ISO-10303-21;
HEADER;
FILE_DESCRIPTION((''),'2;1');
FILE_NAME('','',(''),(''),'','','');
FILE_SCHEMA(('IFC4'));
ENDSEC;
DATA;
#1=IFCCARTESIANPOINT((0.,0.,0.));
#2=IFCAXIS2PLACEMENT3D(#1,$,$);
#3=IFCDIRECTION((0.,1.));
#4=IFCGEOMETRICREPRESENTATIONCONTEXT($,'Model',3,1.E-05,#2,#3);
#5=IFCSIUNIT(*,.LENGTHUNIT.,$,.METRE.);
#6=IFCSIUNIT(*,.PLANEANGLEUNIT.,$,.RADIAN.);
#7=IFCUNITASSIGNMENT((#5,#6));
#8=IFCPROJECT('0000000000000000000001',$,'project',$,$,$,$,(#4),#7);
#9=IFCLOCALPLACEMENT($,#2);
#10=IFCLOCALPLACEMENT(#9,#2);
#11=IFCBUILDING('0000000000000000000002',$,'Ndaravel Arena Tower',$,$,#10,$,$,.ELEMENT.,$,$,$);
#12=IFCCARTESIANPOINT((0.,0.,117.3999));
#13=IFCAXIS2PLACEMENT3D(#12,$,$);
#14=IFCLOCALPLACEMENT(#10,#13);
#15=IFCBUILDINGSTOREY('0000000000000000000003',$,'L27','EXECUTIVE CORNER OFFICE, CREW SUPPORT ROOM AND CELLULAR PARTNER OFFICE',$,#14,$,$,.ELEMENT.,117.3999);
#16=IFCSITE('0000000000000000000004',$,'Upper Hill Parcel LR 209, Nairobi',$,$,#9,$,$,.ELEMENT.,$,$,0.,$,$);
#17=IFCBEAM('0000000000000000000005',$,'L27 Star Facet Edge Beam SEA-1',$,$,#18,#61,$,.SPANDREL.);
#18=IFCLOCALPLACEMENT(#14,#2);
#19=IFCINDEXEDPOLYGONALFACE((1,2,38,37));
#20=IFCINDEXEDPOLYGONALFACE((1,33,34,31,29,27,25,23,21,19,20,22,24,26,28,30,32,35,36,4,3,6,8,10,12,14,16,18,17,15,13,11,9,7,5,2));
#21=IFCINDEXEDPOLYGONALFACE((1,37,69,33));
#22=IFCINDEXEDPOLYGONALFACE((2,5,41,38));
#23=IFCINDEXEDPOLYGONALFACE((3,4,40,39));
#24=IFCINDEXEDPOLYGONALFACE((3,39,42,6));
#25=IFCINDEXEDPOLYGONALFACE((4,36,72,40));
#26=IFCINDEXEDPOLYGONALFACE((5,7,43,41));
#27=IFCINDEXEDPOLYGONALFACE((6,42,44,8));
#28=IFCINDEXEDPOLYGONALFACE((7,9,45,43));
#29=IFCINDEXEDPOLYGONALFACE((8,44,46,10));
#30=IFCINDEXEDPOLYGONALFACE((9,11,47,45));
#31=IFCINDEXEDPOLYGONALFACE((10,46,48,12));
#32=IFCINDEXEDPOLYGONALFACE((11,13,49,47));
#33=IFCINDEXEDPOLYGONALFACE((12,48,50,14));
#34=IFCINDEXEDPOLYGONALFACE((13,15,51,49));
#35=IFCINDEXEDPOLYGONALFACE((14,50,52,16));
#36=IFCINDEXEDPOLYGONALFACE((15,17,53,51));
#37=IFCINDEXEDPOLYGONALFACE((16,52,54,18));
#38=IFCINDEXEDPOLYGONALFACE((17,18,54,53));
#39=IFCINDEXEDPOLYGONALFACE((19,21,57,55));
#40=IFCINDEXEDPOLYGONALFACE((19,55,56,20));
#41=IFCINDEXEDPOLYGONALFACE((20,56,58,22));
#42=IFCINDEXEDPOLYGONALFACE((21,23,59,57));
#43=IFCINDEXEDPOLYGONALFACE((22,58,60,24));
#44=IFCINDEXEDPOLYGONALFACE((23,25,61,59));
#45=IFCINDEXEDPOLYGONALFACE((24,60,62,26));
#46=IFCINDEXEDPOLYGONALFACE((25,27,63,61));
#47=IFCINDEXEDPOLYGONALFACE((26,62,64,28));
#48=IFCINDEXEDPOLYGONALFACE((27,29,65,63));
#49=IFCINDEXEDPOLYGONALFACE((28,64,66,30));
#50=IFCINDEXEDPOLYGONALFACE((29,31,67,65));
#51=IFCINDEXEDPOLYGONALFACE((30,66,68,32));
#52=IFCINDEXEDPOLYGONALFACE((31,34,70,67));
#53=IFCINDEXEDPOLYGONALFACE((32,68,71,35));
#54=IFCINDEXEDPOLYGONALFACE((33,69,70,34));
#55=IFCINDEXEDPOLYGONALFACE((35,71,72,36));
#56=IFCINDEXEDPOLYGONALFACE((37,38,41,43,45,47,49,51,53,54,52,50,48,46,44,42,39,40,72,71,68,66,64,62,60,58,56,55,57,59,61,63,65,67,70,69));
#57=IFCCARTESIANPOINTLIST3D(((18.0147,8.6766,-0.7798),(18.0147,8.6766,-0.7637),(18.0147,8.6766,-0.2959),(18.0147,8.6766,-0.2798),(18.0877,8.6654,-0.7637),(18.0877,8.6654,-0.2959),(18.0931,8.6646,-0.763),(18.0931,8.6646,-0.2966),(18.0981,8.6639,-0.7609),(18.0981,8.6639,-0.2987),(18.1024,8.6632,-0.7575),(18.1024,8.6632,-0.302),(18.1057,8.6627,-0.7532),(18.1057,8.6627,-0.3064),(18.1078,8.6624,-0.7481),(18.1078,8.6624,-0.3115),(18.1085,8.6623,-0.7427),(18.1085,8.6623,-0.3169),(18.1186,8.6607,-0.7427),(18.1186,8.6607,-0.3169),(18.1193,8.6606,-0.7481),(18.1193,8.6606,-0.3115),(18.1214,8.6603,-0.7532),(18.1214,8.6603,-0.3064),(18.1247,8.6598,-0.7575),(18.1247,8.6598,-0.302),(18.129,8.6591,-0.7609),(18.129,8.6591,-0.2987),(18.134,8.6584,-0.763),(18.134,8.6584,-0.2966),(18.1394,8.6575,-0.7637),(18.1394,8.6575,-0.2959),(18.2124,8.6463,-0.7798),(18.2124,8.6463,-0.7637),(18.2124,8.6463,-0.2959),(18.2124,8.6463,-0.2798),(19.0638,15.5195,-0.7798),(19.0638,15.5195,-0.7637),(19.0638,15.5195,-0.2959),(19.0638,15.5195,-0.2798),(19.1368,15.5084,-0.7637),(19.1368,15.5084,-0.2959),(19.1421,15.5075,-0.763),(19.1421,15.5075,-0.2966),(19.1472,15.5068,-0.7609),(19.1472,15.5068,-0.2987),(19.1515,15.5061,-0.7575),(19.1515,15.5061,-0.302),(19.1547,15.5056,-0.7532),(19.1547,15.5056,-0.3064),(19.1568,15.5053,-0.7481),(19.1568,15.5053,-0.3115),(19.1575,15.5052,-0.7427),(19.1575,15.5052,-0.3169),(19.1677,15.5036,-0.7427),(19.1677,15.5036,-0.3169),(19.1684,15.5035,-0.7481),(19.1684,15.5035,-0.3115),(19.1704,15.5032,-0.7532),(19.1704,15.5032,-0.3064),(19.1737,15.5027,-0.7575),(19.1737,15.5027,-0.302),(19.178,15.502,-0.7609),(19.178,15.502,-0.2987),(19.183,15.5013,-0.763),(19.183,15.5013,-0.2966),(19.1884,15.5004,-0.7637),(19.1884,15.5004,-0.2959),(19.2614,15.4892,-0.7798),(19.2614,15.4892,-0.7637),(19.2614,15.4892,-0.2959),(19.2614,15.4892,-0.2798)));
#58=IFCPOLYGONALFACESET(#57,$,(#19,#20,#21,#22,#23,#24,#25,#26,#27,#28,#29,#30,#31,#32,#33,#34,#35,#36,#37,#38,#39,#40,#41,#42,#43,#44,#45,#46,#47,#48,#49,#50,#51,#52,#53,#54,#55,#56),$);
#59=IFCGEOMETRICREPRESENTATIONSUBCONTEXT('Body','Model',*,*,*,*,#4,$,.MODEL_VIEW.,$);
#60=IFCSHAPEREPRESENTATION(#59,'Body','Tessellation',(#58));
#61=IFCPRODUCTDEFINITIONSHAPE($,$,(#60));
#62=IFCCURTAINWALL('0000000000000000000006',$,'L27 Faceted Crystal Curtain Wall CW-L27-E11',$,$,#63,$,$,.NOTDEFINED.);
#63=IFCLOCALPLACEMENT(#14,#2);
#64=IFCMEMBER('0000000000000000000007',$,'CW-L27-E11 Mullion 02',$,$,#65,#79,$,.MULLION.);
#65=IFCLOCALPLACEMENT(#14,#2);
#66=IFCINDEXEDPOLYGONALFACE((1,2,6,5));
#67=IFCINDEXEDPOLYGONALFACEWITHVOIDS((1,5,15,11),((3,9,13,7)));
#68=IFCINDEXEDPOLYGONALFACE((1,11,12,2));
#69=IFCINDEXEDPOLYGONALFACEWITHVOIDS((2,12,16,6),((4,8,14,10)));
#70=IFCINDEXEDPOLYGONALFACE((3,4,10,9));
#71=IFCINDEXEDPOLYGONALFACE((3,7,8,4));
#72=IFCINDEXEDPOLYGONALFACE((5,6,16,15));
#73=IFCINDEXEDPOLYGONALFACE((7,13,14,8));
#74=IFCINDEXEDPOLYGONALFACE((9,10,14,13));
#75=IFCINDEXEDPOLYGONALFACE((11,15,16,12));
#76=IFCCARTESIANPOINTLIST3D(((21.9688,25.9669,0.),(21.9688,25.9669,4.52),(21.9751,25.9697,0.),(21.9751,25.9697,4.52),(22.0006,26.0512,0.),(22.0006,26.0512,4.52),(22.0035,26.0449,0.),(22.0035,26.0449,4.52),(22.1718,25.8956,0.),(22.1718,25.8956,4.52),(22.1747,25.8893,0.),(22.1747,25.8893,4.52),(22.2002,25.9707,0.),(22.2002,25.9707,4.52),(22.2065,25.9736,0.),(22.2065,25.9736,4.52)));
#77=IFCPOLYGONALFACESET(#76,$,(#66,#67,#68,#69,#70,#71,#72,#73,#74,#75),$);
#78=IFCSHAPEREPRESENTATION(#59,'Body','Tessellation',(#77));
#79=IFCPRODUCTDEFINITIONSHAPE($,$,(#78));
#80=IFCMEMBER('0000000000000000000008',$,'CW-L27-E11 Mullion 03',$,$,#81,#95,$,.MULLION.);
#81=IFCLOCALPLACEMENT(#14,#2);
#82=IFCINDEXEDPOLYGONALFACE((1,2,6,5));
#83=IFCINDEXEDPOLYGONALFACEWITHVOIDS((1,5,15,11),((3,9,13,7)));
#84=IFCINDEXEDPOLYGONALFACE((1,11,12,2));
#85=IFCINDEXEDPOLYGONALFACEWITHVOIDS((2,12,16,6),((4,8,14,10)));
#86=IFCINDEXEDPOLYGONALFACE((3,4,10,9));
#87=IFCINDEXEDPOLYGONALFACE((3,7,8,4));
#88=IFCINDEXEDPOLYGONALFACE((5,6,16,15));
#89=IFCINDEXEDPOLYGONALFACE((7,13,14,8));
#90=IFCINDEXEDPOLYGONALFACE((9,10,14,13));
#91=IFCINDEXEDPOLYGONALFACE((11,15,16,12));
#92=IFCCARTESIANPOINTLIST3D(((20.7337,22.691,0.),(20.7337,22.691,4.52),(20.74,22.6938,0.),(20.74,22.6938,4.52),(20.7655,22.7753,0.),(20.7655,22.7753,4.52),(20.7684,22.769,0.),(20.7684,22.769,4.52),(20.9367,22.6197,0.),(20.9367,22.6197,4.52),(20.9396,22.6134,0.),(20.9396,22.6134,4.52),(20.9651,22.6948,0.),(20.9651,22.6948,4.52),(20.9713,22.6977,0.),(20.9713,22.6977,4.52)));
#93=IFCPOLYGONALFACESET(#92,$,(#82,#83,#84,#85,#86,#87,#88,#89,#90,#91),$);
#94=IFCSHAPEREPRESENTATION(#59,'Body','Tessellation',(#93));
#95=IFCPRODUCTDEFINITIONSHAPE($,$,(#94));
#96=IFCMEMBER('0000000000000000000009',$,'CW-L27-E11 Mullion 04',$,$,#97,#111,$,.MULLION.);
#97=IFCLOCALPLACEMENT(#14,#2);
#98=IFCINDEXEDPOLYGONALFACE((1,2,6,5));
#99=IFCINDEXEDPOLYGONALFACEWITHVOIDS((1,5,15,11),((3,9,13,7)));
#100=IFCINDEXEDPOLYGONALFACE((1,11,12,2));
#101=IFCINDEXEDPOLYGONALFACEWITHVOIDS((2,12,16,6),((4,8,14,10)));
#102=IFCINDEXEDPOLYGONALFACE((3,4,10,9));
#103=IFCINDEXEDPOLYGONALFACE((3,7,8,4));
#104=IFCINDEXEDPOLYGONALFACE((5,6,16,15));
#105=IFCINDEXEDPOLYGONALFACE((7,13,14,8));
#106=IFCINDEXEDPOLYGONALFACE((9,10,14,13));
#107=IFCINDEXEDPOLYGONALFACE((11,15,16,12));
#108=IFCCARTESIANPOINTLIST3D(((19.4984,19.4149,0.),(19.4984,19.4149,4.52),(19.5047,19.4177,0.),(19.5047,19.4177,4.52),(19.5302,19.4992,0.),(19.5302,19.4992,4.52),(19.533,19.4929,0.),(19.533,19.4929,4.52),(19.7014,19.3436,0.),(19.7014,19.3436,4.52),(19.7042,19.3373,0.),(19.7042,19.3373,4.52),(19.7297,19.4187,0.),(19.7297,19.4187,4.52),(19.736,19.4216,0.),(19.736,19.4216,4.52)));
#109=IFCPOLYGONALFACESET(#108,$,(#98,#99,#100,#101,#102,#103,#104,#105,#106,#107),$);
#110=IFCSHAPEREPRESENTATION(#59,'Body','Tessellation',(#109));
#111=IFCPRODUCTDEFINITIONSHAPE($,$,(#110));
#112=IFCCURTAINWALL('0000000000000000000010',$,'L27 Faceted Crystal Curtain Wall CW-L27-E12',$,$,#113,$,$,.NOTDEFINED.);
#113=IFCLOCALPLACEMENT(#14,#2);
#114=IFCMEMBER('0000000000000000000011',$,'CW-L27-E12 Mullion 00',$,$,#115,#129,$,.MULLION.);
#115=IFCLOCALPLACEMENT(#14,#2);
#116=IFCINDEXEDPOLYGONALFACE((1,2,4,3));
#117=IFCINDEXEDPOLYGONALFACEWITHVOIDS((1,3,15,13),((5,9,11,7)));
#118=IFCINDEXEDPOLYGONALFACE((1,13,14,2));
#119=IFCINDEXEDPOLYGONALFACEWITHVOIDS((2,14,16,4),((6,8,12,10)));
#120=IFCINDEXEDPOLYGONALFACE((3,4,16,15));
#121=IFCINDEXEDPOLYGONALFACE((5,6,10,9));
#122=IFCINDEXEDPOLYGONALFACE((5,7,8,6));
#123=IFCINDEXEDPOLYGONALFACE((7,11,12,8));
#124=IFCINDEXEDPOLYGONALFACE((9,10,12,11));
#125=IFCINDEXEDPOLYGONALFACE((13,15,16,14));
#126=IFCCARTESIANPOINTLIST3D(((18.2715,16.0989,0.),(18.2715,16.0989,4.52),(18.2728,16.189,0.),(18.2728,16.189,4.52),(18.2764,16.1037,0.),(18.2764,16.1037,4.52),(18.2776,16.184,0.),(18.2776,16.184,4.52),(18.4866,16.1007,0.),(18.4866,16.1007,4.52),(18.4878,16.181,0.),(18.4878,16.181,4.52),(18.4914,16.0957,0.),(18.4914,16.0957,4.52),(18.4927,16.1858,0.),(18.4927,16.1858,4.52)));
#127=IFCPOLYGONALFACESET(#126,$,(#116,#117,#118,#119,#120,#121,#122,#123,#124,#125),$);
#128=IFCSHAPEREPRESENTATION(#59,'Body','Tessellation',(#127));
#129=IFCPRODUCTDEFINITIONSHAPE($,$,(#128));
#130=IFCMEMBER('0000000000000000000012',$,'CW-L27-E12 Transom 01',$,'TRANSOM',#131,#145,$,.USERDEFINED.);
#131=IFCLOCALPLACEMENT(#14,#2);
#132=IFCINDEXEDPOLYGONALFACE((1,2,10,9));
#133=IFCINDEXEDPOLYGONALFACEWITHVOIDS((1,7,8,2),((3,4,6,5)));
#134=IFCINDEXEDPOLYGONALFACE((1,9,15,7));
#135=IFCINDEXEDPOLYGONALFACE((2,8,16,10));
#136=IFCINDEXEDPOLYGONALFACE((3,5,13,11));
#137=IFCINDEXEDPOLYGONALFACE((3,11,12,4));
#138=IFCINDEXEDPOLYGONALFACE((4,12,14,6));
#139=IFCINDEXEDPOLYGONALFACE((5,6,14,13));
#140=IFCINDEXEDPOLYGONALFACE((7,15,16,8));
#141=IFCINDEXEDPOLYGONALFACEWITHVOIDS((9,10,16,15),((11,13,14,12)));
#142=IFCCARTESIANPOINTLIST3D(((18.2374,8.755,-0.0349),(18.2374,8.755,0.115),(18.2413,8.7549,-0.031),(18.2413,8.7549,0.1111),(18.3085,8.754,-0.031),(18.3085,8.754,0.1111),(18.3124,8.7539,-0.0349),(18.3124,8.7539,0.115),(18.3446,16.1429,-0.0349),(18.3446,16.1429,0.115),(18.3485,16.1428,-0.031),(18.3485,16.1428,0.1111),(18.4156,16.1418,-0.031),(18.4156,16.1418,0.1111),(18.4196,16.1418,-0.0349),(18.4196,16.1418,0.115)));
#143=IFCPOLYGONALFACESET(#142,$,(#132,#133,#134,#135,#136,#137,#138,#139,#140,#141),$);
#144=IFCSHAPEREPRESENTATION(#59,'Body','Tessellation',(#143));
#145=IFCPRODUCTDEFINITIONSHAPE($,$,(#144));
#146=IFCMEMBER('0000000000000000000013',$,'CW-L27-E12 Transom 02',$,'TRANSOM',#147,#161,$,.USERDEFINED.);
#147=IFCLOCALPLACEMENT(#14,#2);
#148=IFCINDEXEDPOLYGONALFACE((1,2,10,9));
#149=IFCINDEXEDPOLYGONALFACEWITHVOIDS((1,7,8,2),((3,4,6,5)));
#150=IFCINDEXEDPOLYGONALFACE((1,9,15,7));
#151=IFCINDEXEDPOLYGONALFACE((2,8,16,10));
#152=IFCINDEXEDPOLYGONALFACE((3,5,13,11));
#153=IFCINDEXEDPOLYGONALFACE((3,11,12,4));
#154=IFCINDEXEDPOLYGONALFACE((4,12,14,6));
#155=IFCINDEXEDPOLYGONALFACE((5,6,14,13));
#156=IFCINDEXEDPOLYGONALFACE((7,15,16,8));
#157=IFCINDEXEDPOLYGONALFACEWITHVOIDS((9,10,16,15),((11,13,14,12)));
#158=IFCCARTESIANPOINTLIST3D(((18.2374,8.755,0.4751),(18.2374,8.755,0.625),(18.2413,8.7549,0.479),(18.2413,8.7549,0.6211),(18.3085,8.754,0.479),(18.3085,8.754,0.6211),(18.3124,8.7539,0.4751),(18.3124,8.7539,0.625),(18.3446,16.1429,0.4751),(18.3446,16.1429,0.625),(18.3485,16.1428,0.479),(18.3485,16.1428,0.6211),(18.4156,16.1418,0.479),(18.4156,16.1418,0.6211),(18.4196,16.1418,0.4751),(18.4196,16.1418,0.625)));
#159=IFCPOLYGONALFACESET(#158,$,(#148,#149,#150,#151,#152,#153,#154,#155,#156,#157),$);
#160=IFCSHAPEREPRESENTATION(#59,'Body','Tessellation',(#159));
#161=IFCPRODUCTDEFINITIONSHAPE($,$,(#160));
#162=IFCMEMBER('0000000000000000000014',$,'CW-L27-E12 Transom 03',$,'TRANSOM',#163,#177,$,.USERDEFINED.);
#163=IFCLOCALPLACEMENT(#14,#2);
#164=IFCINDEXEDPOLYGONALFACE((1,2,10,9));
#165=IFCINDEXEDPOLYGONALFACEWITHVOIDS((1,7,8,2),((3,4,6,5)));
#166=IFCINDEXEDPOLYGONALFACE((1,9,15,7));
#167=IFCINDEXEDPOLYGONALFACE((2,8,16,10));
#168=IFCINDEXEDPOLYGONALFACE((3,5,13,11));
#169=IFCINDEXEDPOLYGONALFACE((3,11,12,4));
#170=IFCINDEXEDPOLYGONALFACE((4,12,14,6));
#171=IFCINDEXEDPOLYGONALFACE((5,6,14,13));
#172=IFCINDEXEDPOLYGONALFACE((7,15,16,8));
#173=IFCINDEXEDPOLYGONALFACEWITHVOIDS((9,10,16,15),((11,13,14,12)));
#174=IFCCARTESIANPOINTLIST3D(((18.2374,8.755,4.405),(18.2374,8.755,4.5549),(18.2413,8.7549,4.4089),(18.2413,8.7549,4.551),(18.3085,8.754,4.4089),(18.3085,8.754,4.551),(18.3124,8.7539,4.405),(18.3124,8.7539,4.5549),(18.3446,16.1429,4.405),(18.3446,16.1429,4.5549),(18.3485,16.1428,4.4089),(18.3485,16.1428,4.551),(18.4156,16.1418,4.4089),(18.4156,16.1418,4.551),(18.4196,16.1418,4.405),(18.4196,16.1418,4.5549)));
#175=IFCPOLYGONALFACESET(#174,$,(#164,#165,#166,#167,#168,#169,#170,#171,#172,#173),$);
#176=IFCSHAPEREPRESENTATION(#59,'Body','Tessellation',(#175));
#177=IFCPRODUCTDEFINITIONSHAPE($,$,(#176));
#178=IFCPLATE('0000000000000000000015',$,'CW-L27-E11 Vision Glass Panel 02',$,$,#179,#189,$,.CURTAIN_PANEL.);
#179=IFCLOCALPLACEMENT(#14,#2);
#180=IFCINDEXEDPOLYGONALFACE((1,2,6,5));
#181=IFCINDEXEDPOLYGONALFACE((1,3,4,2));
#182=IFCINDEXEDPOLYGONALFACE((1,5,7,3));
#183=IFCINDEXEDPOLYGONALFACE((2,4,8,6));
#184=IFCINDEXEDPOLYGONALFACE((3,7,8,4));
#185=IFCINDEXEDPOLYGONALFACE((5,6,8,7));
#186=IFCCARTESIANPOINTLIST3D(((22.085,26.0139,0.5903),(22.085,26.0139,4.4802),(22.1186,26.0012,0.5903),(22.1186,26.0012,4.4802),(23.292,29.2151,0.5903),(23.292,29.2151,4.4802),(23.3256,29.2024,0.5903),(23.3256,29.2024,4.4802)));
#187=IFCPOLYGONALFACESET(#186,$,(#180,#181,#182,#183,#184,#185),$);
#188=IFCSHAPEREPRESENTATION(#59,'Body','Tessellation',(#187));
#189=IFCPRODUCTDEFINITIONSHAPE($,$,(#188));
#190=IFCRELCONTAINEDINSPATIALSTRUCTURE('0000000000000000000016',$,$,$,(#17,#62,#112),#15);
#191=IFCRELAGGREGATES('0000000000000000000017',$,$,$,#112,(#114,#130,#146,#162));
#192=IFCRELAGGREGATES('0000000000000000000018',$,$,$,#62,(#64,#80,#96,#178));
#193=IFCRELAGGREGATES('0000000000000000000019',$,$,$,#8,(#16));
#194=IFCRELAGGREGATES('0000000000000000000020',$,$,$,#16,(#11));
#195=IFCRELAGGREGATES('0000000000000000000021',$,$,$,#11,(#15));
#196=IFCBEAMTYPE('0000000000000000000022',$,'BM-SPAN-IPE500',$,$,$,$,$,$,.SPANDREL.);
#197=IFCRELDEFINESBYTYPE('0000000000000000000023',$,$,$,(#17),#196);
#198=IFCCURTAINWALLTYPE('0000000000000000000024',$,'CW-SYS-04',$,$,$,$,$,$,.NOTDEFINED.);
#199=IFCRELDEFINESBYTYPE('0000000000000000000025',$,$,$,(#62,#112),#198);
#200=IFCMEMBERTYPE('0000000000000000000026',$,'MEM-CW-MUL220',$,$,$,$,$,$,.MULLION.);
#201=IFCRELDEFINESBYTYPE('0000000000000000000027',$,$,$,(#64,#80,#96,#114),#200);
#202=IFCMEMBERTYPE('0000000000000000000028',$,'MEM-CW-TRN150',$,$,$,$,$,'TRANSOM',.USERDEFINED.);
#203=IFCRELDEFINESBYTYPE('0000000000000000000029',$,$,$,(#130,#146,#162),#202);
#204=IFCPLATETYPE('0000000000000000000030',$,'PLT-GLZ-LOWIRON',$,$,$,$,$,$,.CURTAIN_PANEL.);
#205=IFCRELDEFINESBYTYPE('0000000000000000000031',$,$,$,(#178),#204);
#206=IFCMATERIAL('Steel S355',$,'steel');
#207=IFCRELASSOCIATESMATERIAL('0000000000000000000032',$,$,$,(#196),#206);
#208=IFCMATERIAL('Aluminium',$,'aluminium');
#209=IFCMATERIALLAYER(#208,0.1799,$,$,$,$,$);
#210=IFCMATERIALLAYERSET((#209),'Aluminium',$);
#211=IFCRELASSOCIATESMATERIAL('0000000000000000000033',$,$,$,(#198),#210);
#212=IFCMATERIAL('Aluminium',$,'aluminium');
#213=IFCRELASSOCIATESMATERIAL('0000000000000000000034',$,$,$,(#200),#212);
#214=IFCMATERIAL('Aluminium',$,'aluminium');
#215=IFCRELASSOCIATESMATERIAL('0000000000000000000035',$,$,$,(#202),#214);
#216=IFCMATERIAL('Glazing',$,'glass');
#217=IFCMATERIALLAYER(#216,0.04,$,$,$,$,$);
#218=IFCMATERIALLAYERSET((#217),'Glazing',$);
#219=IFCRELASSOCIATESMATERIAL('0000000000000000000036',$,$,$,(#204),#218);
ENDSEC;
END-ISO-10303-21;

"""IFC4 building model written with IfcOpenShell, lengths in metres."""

from ifc_helpers import new_model, si_unit, direction, frame, origin, origin_2d, place, context, subcontext, project, spatial, rectangle, hollow_rectangle, i_section, extrude, material, layer, layer_set, material_profile, profile_set, type_object, element, aggregate, save


model = new_model("IFC4")

# Units and contexts
model_context = context("Model", 3, precision=1e-05, world=origin(), true_north=direction((0.0, 1.0)))
body_context = subcontext(model_context, "Body", "Model", "MODEL_VIEW")
ifc_project = project(units=[si_unit("LENGTHUNIT", "METRE"), si_unit("PLANEANGLEUNIT", "RADIAN")], contexts=[model_context])

# Site, building, storey
site_placement = place(None, origin())
site = spatial("IfcSite", under=ifc_project, at=site_placement, Name="Upper Hill Parcel LR 209, Nairobi", CompositionType="ELEMENT", RefElevation=0.0)
building_placement = place(site_placement, origin())
building = spatial("IfcBuilding", under=site, at=building_placement, Name="Ndaravel Arena Tower", CompositionType="ELEMENT")
storey_placement = place(building_placement, frame((0.0, 0.0, 117.3999)))
storey = spatial("IfcBuildingStorey", under=building, at=storey_placement, Name="L27", Description="EXECUTIVE CORNER OFFICE, CREW SUPPORT ROOM AND CELLULAR PARTNER OFFICE", CompositionType="ELEMENT", Elevation=117.3999)

# Beam
ifc_material_1 = material(Name="Steel S355", Category="steel")
ifc_material_profile_1 = material_profile(ifc_material_1, i_section(OverallWidth=0.2, OverallDepth=0.5, WebThickness=0.0103, FlangeThickness=0.0161, FilletRadius=0.021, at=origin_2d()), Name="IPE 500")
ifc_profile_set_1 = profile_set([ifc_material_profile_1], Name="Steel S355")
beam_type_1 = type_object("IfcBeamType", Name="BM-SPAN-IPE500", PredefinedType="SPANDREL", material=ifc_profile_set_1)
beam_1_placement = place(storey_placement, frame((19.1626, 15.5044, -0.5298), z_axis=(-0.151535, -0.988452, 0.0), x_axis=(0.988452, -0.151535, 0.0)))
element("IfcBeam", 1, at=beam_1_placement, inside=storey, type_object=beam_type_1, Name="L27 Star Facet Edge Beam SEA-1", PredefinedType="SPANDREL", context=body_context, shape_type="SweptSolid", body=[
    extrude(i_section(OverallWidth=0.2, OverallDepth=0.5, WebThickness=0.0103, FlangeThickness=0.0161, FilletRadius=0.021, at=origin_2d()), origin(), (0.0, 0.0, 1.0), 6.9229),
])

# Curtain walls, members
ifc_material_2 = material(Name="Aluminium", Category="aluminium")
ifc_layer_1 = layer(ifc_material_2, 0.1799)
ifc_layer_set_1 = layer_set([ifc_layer_1], Name="Aluminium")
curtain_wall_type = type_object("IfcCurtainWallType", Name="CW-SYS-04", PredefinedType="NOTDEFINED", material=ifc_layer_set_1)
curtain_wall_1_placement = place(storey_placement, origin())
curtain_wall_1 = element("IfcCurtainWall", 2, at=curtain_wall_1_placement, inside=storey, type_object=curtain_wall_type, Name="L27 Faceted Crystal Curtain Wall CW-L27-E11", PredefinedType="NOTDEFINED")
ifc_material_3 = material(Name="Aluminium", Category="aluminium")
ifc_material_profile_2 = material_profile(ifc_material_3, hollow_rectangle(XDim=0.0901, YDim=0.22, WallThickness=0.0049, at=origin_2d()), Name="CW MULLION 90x220x5")
ifc_profile_set_2 = profile_set([ifc_material_profile_2], Name="Aluminium")
member_type_1 = type_object("IfcMemberType", Name="MEM-CW-MUL220", PredefinedType="MULLION", material=ifc_profile_set_2)
member_1_placement = place(storey_placement, frame((22.0876, 25.9702, 0.0), z_axis=(0.0, 0.0, 1.0), x_axis=(-0.352805, -0.935697, 0.0)))
member_1 = element("IfcMember", 3, at=member_1_placement, type_object=member_type_1, Name="CW-L27-E11 Mullion 02", PredefinedType="MULLION", context=body_context, shape_type="SweptSolid", body=[
    extrude(hollow_rectangle(XDim=0.0901, YDim=0.22, WallThickness=0.0049, at=origin_2d()), origin(), (0.0, 0.0, 1.0), 4.52),
])
member_2_placement = place(storey_placement, frame((20.8525, 22.6943, 0.0), z_axis=(0.0, 0.0, 1.0), x_axis=(-0.352805, -0.935697, 0.0)))
member_2 = element("IfcMember", 4, at=member_2_placement, type_object=member_type_1, Name="CW-L27-E11 Mullion 03", PredefinedType="MULLION", context=body_context, shape_type="SweptSolid", body=[
    extrude(hollow_rectangle(XDim=0.0901, YDim=0.22, WallThickness=0.0049, at=origin_2d()), origin(), (0.0, 0.0, 1.0), 4.52),
])
member_3_placement = place(storey_placement, frame((19.6172, 19.4182, 0.0), z_axis=(0.0, 0.0, 1.0), x_axis=(-0.352805, -0.935697, 0.0)))
member_3 = element("IfcMember", 5, at=member_3_placement, type_object=member_type_1, Name="CW-L27-E11 Mullion 04", PredefinedType="MULLION", context=body_context, shape_type="SweptSolid", body=[
    extrude(hollow_rectangle(XDim=0.0901, YDim=0.22, WallThickness=0.0049, at=origin_2d()), origin(), (0.0, 0.0, 1.0), 4.52),
])
curtain_wall_2_placement = place(storey_placement, origin())
curtain_wall_2 = element("IfcCurtainWall", 6, at=curtain_wall_2_placement, inside=storey, type_object=curtain_wall_type, Name="L27 Faceted Crystal Curtain Wall CW-L27-E12", PredefinedType="NOTDEFINED")
member_4_placement = place(storey_placement, frame((18.3821, 16.1423, 0.0), z_axis=(0.0, 0.0, 1.0), x_axis=(-0.014503, -0.999895, 0.0)))
member_4 = element("IfcMember", 7, at=member_4_placement, type_object=member_type_1, Name="CW-L27-E12 Mullion 00", PredefinedType="MULLION", context=body_context, shape_type="SweptSolid", body=[
    extrude(hollow_rectangle(XDim=0.0901, YDim=0.22, WallThickness=0.0049, at=origin_2d()), origin(), (0.0, 0.0, 1.0), 4.52),
])
ifc_material_4 = material(Name="Aluminium", Category="aluminium")
ifc_material_profile_3 = material_profile(ifc_material_4, hollow_rectangle(XDim=0.075, YDim=0.1499, WallThickness=0.0039, at=origin_2d()), Name="CW TRANSOM 75x150x4")
ifc_profile_set_3 = profile_set([ifc_material_profile_3], Name="Aluminium")
member_type_2 = type_object("IfcMemberType", Name="MEM-CW-TRN150", ElementType="TRANSOM", PredefinedType="USERDEFINED", material=ifc_profile_set_3)
member_5_placement = place(storey_placement, frame((18.3821, 16.1423, 0.04), z_axis=(-0.014506, -0.999895, 0.0), x_axis=(0.999895, -0.014506, 0.0)))
member_5 = element("IfcMember", 8, at=member_5_placement, type_object=member_type_2, Name="CW-L27-E12 Transom 01", ObjectType="TRANSOM", PredefinedType="USERDEFINED", context=body_context, shape_type="SweptSolid", body=[
    extrude(hollow_rectangle(XDim=0.075, YDim=0.1499, WallThickness=0.0039, at=origin_2d()), origin(), (0.0, 0.0, 1.0), 7.3887),
])
member_6_placement = place(storey_placement, frame((18.3821, 16.1423, 0.55), z_axis=(-0.014506, -0.999895, 0.0), x_axis=(0.999895, -0.014506, 0.0)))
member_6 = element("IfcMember", 9, at=member_6_placement, type_object=member_type_2, Name="CW-L27-E12 Transom 02", ObjectType="TRANSOM", PredefinedType="USERDEFINED", context=body_context, shape_type="SweptSolid", body=[
    extrude(hollow_rectangle(XDim=0.075, YDim=0.1499, WallThickness=0.0039, at=origin_2d()), origin(), (0.0, 0.0, 1.0), 7.3887),
])
member_7_placement = place(storey_placement, frame((18.3821, 16.1423, 4.48), z_axis=(-0.014506, -0.999895, 0.0), x_axis=(0.999895, -0.014506, 0.0)))
member_7 = element("IfcMember", 10, at=member_7_placement, type_object=member_type_2, Name="CW-L27-E12 Transom 03", ObjectType="TRANSOM", PredefinedType="USERDEFINED", context=body_context, shape_type="SweptSolid", body=[
    extrude(hollow_rectangle(XDim=0.075, YDim=0.1499, WallThickness=0.0039, at=origin_2d()), origin(), (0.0, 0.0, 1.0), 7.3887),
])
aggregate(curtain_wall_2, [member_4, member_5, member_6, member_7])

# Plate
ifc_material_5 = material(Name="Glazing", Category="glass")
ifc_layer_2 = layer(ifc_material_5, 0.04)
ifc_layer_set_2 = layer_set([ifc_layer_2], Name="Glazing")
plate_type_1 = type_object("IfcPlateType", Name="PLT-GLZ-LOWIRON", PredefinedType="CURTAIN_PANEL", material=ifc_layer_set_2)
plate_1_placement = place(storey_placement, frame((22.7053, 27.6082, 0.5903), z_axis=(0.0, 0.0, 1.0), x_axis=(-0.352805, -0.935697, 0.0)))
plate_1 = element("IfcPlate", 11, at=plate_1_placement, type_object=plate_type_1, Name="CW-L27-E11 Vision Glass Panel 02", PredefinedType="CURTAIN_PANEL", context=body_context, shape_type="SweptSolid", body=[
    extrude(rectangle(XDim=3.4211, YDim=0.0359, at=origin_2d()), origin(), (0.0, 0.0, 1.0), 3.8899),
])
aggregate(curtain_wall_1, [member_1, member_2, member_3, plate_1])

save(model, "model.ifc")
